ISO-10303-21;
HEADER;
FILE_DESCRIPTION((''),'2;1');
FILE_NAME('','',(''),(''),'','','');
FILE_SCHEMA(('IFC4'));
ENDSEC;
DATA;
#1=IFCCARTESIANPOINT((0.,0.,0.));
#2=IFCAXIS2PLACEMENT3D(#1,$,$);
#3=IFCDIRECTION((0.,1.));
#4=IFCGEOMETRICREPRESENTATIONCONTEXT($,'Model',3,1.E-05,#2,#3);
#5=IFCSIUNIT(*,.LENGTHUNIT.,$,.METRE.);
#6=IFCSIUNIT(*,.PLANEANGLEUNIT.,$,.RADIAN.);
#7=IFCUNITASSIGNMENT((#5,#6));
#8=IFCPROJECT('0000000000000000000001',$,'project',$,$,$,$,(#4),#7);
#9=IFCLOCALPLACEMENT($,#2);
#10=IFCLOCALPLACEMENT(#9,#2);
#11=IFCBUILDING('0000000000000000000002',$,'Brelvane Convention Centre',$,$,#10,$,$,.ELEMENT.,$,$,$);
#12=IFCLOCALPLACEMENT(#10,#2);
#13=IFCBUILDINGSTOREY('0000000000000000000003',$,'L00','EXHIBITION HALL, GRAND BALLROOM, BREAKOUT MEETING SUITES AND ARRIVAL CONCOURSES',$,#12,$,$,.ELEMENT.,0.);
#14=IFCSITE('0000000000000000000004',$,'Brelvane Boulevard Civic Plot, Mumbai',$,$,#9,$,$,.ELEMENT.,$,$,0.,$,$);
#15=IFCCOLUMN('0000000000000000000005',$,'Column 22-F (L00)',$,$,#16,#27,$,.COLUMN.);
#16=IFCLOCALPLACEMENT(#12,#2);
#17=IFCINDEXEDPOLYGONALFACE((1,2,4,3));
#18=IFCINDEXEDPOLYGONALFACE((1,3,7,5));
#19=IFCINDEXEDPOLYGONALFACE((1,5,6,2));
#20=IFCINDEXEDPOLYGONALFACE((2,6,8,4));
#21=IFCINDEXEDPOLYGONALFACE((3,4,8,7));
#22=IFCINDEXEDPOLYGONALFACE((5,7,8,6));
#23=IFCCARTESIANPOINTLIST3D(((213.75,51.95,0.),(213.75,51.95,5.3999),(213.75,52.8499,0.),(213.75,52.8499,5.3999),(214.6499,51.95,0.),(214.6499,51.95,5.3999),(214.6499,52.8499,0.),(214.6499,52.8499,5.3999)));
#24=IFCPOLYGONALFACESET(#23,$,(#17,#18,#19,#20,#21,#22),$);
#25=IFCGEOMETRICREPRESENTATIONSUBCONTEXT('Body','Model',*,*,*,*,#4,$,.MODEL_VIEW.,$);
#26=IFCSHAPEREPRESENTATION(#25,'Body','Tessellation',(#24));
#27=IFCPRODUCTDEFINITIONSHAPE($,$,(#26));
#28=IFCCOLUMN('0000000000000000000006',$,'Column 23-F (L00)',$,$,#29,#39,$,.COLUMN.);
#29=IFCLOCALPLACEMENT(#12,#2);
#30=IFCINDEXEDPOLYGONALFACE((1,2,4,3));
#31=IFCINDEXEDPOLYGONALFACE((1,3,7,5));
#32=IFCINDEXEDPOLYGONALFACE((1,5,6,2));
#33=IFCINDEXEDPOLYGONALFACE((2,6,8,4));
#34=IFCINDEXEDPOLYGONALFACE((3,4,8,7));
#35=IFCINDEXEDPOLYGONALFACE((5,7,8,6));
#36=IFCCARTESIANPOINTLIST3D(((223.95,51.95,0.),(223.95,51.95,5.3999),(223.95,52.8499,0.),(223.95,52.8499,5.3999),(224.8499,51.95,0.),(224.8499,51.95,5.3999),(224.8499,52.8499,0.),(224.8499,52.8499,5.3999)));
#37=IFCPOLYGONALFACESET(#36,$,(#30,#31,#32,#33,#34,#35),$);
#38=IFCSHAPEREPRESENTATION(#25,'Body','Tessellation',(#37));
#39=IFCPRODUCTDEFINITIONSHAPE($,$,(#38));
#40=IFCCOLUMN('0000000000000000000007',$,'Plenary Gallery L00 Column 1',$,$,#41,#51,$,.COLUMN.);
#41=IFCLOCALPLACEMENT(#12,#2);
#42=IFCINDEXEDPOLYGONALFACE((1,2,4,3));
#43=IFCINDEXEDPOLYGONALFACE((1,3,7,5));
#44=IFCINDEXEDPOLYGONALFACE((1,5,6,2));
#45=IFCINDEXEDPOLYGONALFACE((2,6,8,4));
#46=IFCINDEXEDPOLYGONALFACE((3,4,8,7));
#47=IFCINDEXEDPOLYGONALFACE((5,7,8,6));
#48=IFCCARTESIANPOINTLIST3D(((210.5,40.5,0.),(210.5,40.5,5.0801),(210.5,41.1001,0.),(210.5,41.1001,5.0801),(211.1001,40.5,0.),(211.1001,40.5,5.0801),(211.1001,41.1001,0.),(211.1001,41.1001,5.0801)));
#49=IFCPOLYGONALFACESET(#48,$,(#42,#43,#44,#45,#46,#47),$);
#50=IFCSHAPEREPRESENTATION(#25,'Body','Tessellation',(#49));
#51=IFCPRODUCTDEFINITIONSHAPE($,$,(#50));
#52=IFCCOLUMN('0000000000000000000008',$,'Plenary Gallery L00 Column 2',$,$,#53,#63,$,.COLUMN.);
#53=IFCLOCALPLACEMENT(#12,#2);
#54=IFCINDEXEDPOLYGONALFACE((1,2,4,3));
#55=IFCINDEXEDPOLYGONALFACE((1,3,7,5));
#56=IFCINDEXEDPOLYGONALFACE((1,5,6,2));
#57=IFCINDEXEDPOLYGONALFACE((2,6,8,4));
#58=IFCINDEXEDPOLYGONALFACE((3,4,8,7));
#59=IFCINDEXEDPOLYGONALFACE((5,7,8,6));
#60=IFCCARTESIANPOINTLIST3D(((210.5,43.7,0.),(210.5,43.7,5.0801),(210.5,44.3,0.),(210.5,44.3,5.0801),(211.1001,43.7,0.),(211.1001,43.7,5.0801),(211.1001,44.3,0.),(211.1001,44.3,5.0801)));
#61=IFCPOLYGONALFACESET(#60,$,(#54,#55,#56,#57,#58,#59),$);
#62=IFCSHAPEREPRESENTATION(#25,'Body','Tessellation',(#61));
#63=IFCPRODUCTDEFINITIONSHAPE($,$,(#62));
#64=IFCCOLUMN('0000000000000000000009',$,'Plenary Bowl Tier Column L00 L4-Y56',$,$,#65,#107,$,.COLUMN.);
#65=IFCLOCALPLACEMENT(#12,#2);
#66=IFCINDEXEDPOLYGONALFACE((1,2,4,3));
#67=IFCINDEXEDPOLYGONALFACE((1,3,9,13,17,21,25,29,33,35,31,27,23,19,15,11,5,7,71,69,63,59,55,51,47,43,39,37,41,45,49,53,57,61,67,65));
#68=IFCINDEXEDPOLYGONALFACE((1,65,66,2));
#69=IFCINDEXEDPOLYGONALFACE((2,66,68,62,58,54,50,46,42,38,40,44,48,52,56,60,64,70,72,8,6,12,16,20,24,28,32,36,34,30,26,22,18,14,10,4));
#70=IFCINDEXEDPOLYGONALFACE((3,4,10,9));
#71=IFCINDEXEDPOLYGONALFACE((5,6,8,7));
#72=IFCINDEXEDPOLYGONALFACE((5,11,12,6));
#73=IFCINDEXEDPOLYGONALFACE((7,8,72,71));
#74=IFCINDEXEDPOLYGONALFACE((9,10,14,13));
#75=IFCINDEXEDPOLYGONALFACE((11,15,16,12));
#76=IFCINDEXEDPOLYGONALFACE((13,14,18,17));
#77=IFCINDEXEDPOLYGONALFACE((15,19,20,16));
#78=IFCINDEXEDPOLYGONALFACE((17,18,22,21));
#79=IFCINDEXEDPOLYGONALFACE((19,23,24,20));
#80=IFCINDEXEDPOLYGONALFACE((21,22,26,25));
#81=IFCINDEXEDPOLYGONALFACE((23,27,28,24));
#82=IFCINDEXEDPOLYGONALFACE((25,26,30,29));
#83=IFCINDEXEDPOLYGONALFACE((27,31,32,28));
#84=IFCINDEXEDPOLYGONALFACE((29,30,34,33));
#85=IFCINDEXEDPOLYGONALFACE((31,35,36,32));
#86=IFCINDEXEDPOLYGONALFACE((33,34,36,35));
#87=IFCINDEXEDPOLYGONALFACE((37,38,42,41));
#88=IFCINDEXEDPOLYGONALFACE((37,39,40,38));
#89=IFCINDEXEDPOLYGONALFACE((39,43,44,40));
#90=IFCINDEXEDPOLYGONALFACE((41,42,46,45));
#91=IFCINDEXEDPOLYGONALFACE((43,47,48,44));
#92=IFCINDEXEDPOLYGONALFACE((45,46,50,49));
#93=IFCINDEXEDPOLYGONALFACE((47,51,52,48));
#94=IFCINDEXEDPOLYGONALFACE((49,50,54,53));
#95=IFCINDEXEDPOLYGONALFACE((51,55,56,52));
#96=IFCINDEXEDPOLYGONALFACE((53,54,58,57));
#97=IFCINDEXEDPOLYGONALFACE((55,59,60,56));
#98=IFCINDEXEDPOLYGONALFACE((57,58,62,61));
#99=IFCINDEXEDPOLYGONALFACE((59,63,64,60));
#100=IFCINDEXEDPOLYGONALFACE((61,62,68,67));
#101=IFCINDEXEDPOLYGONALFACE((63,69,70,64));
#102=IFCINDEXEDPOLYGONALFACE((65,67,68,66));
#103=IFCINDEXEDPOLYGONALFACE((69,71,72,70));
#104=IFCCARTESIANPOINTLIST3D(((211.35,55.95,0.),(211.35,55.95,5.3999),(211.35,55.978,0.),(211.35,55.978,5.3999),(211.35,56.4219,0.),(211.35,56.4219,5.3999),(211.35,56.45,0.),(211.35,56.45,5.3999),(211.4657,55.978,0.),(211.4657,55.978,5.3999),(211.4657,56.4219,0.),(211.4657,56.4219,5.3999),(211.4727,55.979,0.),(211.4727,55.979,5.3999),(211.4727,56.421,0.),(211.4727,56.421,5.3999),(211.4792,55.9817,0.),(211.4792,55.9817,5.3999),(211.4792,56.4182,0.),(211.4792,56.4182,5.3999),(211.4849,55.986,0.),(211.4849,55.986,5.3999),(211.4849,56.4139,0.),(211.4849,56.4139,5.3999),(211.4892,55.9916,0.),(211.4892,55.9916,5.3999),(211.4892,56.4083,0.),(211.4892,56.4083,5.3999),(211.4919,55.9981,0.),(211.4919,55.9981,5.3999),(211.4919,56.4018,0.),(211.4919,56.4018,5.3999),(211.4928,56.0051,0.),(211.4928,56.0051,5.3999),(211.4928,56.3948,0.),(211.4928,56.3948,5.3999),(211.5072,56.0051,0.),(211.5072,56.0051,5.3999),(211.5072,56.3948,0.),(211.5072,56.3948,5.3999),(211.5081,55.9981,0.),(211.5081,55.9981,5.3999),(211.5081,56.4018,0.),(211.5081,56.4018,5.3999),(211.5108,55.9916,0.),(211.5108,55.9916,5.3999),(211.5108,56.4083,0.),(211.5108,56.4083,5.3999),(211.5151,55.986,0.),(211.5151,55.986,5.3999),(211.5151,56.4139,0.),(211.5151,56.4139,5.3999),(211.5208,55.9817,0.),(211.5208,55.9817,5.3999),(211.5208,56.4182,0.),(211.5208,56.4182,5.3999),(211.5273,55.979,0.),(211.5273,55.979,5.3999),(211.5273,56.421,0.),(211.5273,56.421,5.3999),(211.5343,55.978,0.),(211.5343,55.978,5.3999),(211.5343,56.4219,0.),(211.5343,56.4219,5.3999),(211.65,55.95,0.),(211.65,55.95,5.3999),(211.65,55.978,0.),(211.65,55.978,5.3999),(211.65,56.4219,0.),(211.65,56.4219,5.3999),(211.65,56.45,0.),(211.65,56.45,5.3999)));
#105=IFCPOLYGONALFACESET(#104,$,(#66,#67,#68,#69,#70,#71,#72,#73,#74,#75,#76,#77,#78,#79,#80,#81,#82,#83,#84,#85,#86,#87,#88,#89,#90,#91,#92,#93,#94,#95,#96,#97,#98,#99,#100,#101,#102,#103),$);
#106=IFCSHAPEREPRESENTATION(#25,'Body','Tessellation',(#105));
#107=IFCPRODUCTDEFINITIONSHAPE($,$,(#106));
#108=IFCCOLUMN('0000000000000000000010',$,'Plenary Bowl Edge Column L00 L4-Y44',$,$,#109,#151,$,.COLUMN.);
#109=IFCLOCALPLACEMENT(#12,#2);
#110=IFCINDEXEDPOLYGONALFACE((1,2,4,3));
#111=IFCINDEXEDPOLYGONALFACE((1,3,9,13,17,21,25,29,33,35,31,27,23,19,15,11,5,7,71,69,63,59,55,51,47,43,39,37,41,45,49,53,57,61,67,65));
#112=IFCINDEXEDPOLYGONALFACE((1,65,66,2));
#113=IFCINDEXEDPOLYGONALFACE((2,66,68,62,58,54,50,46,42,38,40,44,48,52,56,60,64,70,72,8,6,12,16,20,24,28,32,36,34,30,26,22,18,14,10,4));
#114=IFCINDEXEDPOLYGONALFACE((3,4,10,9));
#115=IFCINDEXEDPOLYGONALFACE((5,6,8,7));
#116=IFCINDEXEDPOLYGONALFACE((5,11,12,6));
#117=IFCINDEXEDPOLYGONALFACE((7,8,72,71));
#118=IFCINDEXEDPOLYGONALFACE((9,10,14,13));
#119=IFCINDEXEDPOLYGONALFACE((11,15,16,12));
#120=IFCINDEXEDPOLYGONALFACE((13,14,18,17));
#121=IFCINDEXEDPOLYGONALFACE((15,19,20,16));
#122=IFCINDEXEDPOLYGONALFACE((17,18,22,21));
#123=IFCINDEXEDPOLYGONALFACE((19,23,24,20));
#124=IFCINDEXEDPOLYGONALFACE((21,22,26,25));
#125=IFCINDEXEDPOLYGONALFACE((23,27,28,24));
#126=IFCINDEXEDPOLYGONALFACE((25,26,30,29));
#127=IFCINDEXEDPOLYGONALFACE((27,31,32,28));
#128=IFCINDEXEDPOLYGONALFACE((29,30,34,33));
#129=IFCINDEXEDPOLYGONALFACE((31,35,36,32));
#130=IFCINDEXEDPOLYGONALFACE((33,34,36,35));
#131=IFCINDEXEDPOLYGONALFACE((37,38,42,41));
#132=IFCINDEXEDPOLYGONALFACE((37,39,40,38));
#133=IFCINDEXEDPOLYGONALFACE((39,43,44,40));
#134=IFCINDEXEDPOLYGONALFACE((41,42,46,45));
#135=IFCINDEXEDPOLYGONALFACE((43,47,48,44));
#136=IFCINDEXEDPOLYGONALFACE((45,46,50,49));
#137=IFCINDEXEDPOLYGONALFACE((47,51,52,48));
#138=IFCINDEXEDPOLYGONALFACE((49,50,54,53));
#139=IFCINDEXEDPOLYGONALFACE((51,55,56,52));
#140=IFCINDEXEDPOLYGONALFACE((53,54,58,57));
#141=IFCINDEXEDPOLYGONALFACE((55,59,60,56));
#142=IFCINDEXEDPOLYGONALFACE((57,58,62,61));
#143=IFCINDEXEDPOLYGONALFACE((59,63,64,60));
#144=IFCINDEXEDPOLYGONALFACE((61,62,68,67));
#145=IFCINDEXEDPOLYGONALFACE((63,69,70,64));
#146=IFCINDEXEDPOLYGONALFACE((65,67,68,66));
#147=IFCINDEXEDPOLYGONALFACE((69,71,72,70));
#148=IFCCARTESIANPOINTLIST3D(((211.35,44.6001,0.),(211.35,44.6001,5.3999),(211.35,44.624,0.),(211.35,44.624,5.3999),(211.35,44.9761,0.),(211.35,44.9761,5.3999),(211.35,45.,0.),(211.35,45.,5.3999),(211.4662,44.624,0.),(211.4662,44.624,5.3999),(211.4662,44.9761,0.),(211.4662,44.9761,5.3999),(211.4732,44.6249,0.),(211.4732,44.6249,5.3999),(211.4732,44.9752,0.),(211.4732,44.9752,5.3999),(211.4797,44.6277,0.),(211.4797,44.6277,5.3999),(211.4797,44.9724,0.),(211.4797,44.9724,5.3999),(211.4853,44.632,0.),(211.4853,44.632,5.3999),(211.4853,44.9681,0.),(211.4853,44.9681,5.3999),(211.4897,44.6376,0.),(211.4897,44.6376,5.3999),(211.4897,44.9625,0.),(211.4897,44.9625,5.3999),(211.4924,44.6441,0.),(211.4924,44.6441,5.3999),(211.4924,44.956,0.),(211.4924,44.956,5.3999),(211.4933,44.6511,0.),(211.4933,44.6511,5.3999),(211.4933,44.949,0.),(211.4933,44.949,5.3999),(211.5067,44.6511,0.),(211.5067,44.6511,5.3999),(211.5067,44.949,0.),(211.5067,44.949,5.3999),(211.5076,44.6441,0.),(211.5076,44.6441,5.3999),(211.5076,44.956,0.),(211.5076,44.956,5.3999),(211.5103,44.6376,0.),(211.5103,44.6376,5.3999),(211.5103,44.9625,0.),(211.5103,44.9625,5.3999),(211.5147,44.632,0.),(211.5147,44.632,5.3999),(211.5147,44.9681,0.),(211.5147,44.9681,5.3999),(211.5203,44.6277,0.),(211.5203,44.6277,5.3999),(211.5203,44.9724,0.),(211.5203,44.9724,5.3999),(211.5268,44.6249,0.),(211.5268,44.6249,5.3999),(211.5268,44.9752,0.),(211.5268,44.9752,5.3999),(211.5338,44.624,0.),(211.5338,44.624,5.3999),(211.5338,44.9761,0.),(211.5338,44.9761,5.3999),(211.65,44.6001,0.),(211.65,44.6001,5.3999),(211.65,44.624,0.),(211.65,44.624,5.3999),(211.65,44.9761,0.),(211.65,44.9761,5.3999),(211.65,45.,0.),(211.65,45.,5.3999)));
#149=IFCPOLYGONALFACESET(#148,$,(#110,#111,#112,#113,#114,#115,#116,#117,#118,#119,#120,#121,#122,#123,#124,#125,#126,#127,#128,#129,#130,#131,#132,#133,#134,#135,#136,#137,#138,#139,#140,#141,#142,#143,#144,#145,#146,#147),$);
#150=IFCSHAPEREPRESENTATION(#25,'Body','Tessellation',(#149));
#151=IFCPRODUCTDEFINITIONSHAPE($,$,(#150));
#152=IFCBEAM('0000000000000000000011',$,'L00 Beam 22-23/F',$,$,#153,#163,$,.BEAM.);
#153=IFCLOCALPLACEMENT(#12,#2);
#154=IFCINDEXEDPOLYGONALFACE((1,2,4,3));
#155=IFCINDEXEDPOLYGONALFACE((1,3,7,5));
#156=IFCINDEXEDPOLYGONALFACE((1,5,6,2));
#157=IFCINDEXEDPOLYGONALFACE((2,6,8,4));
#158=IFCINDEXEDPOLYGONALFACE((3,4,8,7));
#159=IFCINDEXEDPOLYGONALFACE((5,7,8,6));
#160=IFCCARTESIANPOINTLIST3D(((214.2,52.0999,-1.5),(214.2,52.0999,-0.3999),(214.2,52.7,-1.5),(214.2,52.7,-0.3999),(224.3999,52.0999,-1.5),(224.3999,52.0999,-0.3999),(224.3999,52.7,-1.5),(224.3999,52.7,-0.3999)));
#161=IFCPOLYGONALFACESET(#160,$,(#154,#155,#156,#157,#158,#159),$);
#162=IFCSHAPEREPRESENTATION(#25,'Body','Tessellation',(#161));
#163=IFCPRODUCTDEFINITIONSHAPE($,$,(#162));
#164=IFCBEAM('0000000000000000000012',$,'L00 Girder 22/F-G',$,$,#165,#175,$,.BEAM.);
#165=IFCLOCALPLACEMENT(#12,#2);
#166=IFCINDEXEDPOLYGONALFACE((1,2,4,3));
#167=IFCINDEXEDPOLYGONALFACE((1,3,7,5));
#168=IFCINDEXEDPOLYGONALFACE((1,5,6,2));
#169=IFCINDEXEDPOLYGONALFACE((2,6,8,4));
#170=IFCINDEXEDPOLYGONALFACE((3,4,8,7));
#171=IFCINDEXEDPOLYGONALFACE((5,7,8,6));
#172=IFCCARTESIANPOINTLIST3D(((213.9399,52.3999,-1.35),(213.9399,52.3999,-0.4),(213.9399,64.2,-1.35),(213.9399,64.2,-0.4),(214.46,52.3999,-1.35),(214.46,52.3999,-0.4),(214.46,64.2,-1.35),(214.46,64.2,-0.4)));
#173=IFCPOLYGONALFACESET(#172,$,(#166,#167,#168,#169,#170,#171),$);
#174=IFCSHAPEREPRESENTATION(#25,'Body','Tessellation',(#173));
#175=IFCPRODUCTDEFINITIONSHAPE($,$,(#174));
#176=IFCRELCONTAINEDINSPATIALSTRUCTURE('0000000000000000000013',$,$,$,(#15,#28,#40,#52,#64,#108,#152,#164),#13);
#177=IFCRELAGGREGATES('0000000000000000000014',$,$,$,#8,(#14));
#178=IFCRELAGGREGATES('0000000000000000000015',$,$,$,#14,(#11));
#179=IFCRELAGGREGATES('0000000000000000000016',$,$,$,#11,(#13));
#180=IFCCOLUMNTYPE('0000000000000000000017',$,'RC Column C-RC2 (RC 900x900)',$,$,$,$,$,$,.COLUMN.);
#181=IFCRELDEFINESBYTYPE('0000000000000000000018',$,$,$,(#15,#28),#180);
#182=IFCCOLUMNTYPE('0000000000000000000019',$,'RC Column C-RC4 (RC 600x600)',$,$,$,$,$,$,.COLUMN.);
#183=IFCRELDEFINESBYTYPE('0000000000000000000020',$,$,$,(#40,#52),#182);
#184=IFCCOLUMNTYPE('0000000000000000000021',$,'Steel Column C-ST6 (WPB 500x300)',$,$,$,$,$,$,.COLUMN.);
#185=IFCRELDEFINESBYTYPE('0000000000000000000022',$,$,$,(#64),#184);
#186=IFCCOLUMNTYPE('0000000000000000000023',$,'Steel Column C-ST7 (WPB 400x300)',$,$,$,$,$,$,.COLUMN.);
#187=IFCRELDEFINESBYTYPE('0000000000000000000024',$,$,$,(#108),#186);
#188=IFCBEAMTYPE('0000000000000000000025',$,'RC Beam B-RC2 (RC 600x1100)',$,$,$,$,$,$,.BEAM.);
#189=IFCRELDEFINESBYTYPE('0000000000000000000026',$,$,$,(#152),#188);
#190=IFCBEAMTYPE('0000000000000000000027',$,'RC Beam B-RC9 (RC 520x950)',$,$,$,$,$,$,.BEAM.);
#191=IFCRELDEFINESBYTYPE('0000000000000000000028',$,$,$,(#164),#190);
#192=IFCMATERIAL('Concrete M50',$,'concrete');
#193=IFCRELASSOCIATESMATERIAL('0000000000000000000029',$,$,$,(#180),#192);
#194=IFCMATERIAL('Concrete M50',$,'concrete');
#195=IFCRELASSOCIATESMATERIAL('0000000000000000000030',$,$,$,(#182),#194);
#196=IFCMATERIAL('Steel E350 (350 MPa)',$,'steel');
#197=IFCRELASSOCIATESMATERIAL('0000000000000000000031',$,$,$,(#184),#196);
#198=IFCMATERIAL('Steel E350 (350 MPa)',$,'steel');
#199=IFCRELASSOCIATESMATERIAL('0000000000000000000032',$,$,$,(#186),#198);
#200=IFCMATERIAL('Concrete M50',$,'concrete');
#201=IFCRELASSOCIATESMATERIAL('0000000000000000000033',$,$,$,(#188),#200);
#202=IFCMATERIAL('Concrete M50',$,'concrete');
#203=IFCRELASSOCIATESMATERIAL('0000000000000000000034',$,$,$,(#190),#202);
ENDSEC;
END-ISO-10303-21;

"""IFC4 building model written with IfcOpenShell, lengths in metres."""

from ifc_helpers import new_model, si_unit, direction, frame, origin, origin_2d, place, context, subcontext, project, spatial, rectangle, i_section, extrude, material, material_profile, profile_set, type_object, element, save


model = new_model("IFC4")

# Units and contexts
model_context = context("Model", 3, precision=1e-05, world=origin(), true_north=direction((0.0, 1.0)))
body_context = subcontext(model_context, "Body", "Model", "MODEL_VIEW")
ifc_project = project(units=[si_unit("LENGTHUNIT", "METRE"), si_unit("PLANEANGLEUNIT", "RADIAN")], contexts=[model_context])

# Site, building, storey
site_placement = place(None, origin())
site = spatial("IfcSite", under=ifc_project, at=site_placement, Name="Brelvane Boulevard Civic Plot, Mumbai", CompositionType="ELEMENT", RefElevation=0.0)
building_placement = place(site_placement, origin())
building = spatial("IfcBuilding", under=site, at=building_placement, Name="Brelvane Convention Centre", CompositionType="ELEMENT")
storey_placement = place(building_placement, origin())
storey = spatial("IfcBuildingStorey", under=building, at=storey_placement, Name="L00", Description="EXHIBITION HALL, GRAND BALLROOM, BREAKOUT MEETING SUITES AND ARRIVAL CONCOURSES", CompositionType="ELEMENT", Elevation=0.0)

# Columns
ifc_material_1 = material(Name="Concrete M50", Category="concrete")
ifc_material_profile_1 = material_profile(ifc_material_1, rectangle(XDim=0.8999, YDim=0.8999, at=origin_2d()), Name="RC 900x900")
ifc_profile_set_1 = profile_set([ifc_material_profile_1], Name="Concrete M50")
column_type_1 = type_object("IfcColumnType", Name="RC Column C-RC2 (RC 900x900)", PredefinedType="COLUMN", material=ifc_profile_set_1)
for number, where, z_axis, x_axis, name in (
    (1, (214.2, 52.3999, 0.0), (0.0, 0.0, 1.0), (1.0, 0.0, 0.0), "Column 22-F (L00)"),
    (2, (224.3999, 52.3999, 0.0), (0.0, 0.0, 1.0), (1.0, 0.0, 0.0), "Column 23-F (L00)"),
):
    element("IfcColumn", number, at=place(storey_placement, frame(where, z_axis=z_axis, x_axis=x_axis)), inside=storey, type_object=column_type_1, Name=name, PredefinedType="COLUMN", context=body_context, shape_type="SweptSolid", body=[
        extrude(rectangle(XDim=0.8999, YDim=0.8999, at=origin_2d()), origin(), (0.0, 0.0, 1.0), 5.3999),
    ])
ifc_material_2 = material(Name="Concrete M50", Category="concrete")
ifc_material_profile_2 = material_profile(ifc_material_2, rectangle(XDim=0.6001, YDim=0.6001, at=origin_2d()), Name="RC 600x600")
ifc_profile_set_2 = profile_set([ifc_material_profile_2], Name="Concrete M50")
column_type_2 = type_object("IfcColumnType", Name="RC Column C-RC4 (RC 600x600)", PredefinedType="COLUMN", material=ifc_profile_set_2)
for number, where, z_axis, x_axis, name in (
    (3, (210.8, 40.8, 0.0), (0.0, 0.0, 1.0), (1.0, 0.0, 0.0), "Plenary Gallery L00 Column 1"),
    (4, (210.8, 44.0, 0.0), (0.0, 0.0, 1.0), (1.0, 0.0, 0.0), "Plenary Gallery L00 Column 2"),
):
    element("IfcColumn", number, at=place(storey_placement, frame(where, z_axis=z_axis, x_axis=x_axis)), inside=storey, type_object=column_type_2, Name=name, PredefinedType="COLUMN", context=body_context, shape_type="SweptSolid", body=[
        extrude(rectangle(XDim=0.6001, YDim=0.6001, at=origin_2d()), origin(), (0.0, 0.0, 1.0), 5.0801),
    ])
ifc_material_3 = material(Name="Steel E350 (350 MPa)", Category="steel")
ifc_material_profile_3 = material_profile(ifc_material_3, i_section(OverallWidth=0.3, OverallDepth=0.5, WebThickness=0.0144, FlangeThickness=0.0281, FilletRadius=0.0271, at=origin_2d()), Name="WPB 500x300")
ifc_profile_set_3 = profile_set([ifc_material_profile_3], Name="Steel E350 (350 MPa)")
column_type_3 = type_object("IfcColumnType", Name="Steel Column C-ST6 (WPB 500x300)", PredefinedType="COLUMN", material=ifc_profile_set_3)
column_1_placement = place(storey_placement, frame((211.5, 56.2, 0.0), z_axis=(0.0, 0.0, 1.0), x_axis=(1.0, 0.0, 0.0)))
element("IfcColumn", 5, at=column_1_placement, inside=storey, type_object=column_type_3, Name="Plenary Bowl Tier Column L00 L4-Y56", PredefinedType="COLUMN", context=body_context, shape_type="SweptSolid", body=[
    extrude(i_section(OverallWidth=0.3, OverallDepth=0.5, WebThickness=0.0144, FlangeThickness=0.0281, FilletRadius=0.0271, at=origin_2d()), origin(), (0.0, 0.0, 1.0), 5.3999),
])
ifc_material_4 = material(Name="Steel E350 (350 MPa)", Category="steel")
ifc_material_profile_4 = material_profile(ifc_material_4, i_section(OverallWidth=0.3, OverallDepth=0.3999, WebThickness=0.0134, FlangeThickness=0.0239, FilletRadius=0.0271, at=origin_2d()), Name="WPB 400x300")
ifc_profile_set_4 = profile_set([ifc_material_profile_4], Name="Steel E350 (350 MPa)")
column_type_4 = type_object("IfcColumnType", Name="Steel Column C-ST7 (WPB 400x300)", PredefinedType="COLUMN", material=ifc_profile_set_4)
column_2_placement = place(storey_placement, frame((211.5, 44.8, 0.0), z_axis=(0.0, 0.0, 1.0), x_axis=(1.0, 0.0, 0.0)))
element("IfcColumn", 6, at=column_2_placement, inside=storey, type_object=column_type_4, Name="Plenary Bowl Edge Column L00 L4-Y44", PredefinedType="COLUMN", context=body_context, shape_type="SweptSolid", body=[
    extrude(i_section(OverallWidth=0.3, OverallDepth=0.3999, WebThickness=0.0134, FlangeThickness=0.0239, FilletRadius=0.0271, at=origin_2d()), origin(), (0.0, 0.0, 1.0), 5.3999),
])

# Beams
ifc_material_5 = material(Name="Concrete M50", Category="concrete")
ifc_material_profile_5 = material_profile(ifc_material_5, rectangle(XDim=0.6001, YDim=1.1001, at=origin_2d()), Name="RC 600x1100")
ifc_profile_set_5 = profile_set([ifc_material_profile_5], Name="Concrete M50")
beam_type_1 = type_object("IfcBeamType", Name="RC Beam B-RC2 (RC 600x1100)", PredefinedType="BEAM", material=ifc_profile_set_5)
beam_1_placement = place(storey_placement, frame((214.2, 52.3999, -0.95), z_axis=(1.0, 0.0, 0.0), x_axis=(0.0, 1.0, 0.0)))
element("IfcBeam", 7, at=beam_1_placement, inside=storey, type_object=beam_type_1, Name="L00 Beam 22-23/F", PredefinedType="BEAM", context=body_context, shape_type="SweptSolid", body=[
    extrude(rectangle(XDim=0.6001, YDim=1.1001, at=origin_2d()), origin(), (0.0, 0.0, 1.0), 10.2),
])
ifc_material_6 = material(Name="Concrete M50", Category="concrete")
ifc_material_profile_6 = material_profile(ifc_material_6, rectangle(XDim=0.52, YDim=0.95, at=origin_2d()), Name="RC 520x950")
ifc_profile_set_6 = profile_set([ifc_material_profile_6], Name="Concrete M50")
beam_type_2 = type_object("IfcBeamType", Name="RC Beam B-RC9 (RC 520x950)", PredefinedType="BEAM", material=ifc_profile_set_6)
beam_2_placement = place(storey_placement, frame((214.2, 52.3999, -0.875), z_axis=(0.0, 1.0, 0.0), x_axis=(-1.0, 0.0, 0.0)))
element("IfcBeam", 8, at=beam_2_placement, inside=storey, type_object=beam_type_2, Name="L00 Girder 22/F-G", PredefinedType="BEAM", context=body_context, shape_type="SweptSolid", body=[
    extrude(rectangle(XDim=0.52, YDim=0.95, at=origin_2d()), origin(), (0.0, 0.0, 1.0), 11.8),
])

save(model, "model.ifc")
